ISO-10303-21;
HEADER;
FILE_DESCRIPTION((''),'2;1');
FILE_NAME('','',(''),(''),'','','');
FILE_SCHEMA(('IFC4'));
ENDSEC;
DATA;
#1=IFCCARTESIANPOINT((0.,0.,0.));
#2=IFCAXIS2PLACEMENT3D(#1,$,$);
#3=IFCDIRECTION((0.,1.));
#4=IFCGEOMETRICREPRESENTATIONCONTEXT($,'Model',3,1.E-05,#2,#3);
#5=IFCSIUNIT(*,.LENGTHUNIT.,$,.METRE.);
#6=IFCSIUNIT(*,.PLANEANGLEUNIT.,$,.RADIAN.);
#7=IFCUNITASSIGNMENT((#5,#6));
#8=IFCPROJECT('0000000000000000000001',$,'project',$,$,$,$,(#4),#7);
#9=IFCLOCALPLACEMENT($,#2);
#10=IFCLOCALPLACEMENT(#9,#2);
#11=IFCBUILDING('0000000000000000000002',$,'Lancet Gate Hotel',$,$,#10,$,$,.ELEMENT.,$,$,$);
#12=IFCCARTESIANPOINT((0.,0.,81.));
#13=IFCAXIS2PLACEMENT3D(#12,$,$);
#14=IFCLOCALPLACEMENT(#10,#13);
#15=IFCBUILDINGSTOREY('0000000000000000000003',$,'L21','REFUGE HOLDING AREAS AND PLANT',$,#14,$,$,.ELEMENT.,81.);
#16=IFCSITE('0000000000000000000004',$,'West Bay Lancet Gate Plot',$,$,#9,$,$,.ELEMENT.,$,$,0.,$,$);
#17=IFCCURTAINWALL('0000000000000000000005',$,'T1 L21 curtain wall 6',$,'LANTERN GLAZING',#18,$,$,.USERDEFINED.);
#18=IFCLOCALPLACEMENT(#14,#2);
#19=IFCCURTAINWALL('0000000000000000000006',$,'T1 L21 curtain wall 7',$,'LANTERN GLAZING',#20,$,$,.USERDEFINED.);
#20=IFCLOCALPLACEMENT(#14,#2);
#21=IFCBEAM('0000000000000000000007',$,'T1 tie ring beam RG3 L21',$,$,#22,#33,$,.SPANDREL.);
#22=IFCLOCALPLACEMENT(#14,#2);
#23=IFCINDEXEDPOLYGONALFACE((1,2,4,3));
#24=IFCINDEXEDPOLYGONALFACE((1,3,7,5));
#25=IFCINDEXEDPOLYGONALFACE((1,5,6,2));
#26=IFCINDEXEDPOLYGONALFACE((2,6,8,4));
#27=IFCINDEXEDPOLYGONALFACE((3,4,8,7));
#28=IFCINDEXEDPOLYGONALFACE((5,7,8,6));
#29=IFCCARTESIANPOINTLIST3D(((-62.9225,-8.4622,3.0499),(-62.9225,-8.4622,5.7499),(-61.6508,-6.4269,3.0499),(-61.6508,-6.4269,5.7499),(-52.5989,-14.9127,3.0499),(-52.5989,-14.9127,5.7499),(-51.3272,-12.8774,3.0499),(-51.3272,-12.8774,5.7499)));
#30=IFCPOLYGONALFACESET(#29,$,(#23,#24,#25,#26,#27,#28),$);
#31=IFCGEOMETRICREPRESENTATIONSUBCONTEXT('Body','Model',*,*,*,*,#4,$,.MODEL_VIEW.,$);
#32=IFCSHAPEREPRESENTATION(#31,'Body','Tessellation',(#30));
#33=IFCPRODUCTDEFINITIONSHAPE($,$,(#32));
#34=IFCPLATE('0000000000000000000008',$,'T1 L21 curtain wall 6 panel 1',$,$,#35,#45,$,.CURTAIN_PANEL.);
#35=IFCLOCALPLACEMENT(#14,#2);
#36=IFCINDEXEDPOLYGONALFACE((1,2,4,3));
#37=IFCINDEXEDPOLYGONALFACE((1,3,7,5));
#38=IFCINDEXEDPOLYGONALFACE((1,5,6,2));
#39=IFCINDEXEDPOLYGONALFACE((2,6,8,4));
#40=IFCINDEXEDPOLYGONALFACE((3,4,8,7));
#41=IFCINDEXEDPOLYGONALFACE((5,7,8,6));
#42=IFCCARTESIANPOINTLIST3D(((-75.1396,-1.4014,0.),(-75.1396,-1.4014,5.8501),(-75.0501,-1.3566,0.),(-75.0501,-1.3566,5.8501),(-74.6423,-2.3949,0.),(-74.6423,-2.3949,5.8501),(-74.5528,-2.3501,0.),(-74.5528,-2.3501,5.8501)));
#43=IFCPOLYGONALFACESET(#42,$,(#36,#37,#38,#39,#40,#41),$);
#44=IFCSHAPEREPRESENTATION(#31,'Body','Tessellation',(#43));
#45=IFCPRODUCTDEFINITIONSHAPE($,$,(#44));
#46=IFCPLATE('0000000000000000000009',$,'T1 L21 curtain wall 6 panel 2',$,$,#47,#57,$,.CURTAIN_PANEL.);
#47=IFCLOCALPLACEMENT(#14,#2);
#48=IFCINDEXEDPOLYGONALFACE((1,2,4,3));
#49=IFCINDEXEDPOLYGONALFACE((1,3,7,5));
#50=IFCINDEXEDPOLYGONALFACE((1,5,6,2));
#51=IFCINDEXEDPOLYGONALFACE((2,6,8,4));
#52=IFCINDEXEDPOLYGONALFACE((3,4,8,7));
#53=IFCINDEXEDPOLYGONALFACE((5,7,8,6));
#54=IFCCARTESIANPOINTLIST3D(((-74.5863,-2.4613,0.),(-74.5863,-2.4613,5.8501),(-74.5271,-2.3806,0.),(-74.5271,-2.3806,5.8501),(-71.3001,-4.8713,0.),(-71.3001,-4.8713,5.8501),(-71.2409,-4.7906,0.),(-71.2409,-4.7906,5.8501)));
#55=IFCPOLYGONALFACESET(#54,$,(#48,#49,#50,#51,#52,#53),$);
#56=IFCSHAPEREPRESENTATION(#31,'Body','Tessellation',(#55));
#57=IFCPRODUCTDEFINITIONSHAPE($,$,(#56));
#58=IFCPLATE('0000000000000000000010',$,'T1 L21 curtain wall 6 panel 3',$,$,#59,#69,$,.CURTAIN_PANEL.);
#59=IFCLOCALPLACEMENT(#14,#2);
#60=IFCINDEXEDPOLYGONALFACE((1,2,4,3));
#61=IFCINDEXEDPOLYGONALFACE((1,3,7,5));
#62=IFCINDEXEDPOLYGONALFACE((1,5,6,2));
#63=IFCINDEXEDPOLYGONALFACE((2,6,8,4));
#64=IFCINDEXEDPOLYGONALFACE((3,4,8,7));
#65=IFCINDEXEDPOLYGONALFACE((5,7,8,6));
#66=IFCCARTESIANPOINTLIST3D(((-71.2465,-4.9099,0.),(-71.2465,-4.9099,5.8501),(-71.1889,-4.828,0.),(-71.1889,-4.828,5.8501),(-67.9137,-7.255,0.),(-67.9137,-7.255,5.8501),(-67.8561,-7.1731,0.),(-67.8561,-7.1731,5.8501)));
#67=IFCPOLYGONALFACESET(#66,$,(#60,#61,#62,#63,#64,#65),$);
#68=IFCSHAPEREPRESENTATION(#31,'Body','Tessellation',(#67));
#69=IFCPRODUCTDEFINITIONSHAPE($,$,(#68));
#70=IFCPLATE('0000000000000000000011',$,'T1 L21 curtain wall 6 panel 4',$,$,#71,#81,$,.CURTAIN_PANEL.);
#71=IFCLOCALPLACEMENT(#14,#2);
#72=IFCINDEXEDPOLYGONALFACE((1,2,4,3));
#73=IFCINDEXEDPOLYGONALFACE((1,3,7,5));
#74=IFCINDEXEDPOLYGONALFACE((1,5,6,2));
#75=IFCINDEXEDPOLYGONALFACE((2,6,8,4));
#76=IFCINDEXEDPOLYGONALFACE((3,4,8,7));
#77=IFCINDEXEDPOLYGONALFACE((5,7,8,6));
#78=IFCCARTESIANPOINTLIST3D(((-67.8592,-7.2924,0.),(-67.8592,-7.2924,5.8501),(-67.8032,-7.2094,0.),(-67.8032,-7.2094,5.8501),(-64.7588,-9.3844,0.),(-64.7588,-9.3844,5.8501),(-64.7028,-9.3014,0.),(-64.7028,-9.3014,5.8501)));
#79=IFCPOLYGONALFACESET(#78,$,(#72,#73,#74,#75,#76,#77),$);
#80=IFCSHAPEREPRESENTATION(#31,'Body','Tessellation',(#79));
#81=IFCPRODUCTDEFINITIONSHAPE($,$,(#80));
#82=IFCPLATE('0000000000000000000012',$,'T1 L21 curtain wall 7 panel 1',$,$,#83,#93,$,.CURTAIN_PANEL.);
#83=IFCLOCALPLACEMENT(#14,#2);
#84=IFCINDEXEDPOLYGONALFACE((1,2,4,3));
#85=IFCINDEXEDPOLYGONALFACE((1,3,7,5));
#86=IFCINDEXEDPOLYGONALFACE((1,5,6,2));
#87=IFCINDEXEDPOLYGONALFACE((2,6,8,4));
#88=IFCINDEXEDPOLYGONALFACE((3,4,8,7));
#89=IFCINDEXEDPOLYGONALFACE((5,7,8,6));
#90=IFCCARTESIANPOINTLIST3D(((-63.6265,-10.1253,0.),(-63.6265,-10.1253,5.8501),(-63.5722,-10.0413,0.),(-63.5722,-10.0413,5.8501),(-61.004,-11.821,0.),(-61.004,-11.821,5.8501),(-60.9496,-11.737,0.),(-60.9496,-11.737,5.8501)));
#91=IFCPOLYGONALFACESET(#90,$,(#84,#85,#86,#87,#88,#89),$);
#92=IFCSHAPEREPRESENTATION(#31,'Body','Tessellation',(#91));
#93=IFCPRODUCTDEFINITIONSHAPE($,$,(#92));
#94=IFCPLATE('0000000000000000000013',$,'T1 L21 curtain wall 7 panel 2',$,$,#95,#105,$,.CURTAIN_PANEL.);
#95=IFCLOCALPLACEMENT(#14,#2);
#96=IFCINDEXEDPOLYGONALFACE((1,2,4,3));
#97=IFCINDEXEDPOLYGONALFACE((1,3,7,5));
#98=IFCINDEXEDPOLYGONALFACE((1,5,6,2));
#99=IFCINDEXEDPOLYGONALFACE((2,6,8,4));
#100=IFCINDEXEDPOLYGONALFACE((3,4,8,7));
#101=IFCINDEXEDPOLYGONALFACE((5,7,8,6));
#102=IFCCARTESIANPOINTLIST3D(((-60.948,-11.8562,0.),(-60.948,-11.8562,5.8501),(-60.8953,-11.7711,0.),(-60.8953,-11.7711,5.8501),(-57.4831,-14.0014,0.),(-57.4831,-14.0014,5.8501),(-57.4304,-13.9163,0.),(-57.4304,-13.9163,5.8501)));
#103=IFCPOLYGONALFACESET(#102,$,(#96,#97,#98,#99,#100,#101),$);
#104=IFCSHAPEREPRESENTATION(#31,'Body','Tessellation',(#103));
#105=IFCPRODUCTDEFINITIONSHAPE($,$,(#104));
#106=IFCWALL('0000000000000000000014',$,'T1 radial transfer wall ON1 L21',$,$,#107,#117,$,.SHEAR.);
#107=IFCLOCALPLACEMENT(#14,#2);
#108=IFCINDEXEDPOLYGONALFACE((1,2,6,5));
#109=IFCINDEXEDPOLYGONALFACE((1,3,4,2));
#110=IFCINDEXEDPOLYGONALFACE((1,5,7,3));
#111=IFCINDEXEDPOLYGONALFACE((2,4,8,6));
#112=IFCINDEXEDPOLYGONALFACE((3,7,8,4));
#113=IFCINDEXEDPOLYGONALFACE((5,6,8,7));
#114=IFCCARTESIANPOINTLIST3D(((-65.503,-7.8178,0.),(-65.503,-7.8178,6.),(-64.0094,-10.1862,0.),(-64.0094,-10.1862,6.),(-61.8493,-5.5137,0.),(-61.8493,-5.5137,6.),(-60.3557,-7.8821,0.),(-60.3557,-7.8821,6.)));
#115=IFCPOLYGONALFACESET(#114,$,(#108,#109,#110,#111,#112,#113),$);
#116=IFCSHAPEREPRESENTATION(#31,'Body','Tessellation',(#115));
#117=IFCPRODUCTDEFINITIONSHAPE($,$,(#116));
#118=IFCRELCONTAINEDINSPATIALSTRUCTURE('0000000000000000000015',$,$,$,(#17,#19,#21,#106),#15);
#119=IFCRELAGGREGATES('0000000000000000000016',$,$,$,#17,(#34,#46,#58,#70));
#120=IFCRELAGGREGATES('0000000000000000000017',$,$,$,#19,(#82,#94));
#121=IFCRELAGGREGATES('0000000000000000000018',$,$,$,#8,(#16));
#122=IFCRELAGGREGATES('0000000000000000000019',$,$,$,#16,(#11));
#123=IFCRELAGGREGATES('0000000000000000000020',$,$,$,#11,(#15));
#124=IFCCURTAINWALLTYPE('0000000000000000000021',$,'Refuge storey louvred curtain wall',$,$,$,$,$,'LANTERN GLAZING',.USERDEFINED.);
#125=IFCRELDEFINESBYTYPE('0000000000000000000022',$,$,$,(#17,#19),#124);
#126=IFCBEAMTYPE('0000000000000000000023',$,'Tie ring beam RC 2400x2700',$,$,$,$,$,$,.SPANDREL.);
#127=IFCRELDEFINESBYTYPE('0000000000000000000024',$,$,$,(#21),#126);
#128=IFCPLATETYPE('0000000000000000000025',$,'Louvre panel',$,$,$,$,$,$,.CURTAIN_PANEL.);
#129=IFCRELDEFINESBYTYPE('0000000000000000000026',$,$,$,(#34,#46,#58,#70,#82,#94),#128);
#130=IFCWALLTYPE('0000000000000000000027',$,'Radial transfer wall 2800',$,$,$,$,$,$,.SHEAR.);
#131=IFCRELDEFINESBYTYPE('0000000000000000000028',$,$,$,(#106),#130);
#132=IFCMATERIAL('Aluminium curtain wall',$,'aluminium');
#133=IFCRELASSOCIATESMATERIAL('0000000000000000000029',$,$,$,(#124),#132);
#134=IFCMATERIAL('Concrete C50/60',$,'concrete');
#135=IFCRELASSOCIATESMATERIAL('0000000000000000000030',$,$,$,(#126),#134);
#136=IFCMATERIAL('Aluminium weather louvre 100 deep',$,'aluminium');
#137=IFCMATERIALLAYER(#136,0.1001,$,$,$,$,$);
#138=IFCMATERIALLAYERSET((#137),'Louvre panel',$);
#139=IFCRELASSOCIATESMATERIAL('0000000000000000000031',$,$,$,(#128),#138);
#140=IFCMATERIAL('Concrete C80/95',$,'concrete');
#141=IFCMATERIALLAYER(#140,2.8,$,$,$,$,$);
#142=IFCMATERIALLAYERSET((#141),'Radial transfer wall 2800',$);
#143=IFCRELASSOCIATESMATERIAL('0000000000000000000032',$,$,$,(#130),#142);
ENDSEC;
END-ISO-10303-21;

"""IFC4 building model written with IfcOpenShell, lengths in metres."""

from ifc_helpers import new_model, si_unit, direction, frame, frame_2d, origin, origin_2d, place, context, subcontext, project, spatial, rectangle, extrude, material, layer, layer_set, material_profile, profile_set, type_object, element, aggregate, save


model = new_model("IFC4")

# Units and contexts
model_context = context("Model", 3, precision=1e-05, world=origin(), true_north=direction((0.0, 1.0)))
body_context = subcontext(model_context, "Body", "Model", "MODEL_VIEW")
ifc_project = project(units=[si_unit("LENGTHUNIT", "METRE"), si_unit("PLANEANGLEUNIT", "RADIAN")], contexts=[model_context])

# Site, building, storey
site_placement = place(None, origin())
site = spatial("IfcSite", under=ifc_project, at=site_placement, Name="West Bay Lancet Gate Plot", CompositionType="ELEMENT", RefElevation=0.0)
building_placement = place(site_placement, origin())
building = spatial("IfcBuilding", under=site, at=building_placement, Name="Lancet Gate Hotel", CompositionType="ELEMENT")
storey_placement = place(building_placement, frame((0.0, 0.0, 81.0)))
storey = spatial("IfcBuildingStorey", under=building, at=storey_placement, Name="L21", Description="REFUGE HOLDING AREAS AND PLANT", CompositionType="ELEMENT", Elevation=81.0)

# Curtain walls
ifc_material_1 = material(Name="Aluminium curtain wall", Category="aluminium")
curtain_wall_type = type_object("IfcCurtainWallType", Name="Refuge storey louvred curtain wall", ElementType="LANTERN GLAZING", PredefinedType="USERDEFINED", material=ifc_material_1)
curtain_wall_1_placement = place(storey_placement, origin())
curtain_wall_1 = element("IfcCurtainWall", 1, at=curtain_wall_1_placement, inside=storey, type_object=curtain_wall_type, Name="T1 L21 curtain wall 6", ObjectType="LANTERN GLAZING", PredefinedType="USERDEFINED")
curtain_wall_2_placement = place(storey_placement, origin())
curtain_wall_2 = element("IfcCurtainWall", 2, at=curtain_wall_2_placement, inside=storey, type_object=curtain_wall_type, Name="T1 L21 curtain wall 7", ObjectType="LANTERN GLAZING", PredefinedType="USERDEFINED")

# Beam
ifc_material_2 = material(Name="Concrete C50/60", Category="concrete")
ifc_material_profile_1 = material_profile(ifc_material_2, rectangle(XDim=2.3999, YDim=2.7, at=origin_2d()), Name="RC 2400x2700")
ifc_profile_set_1 = profile_set([ifc_material_profile_1], Name="Concrete C50/60")
beam_type_1 = type_object("IfcBeamType", Name="Tie ring beam RC 2400x2700", PredefinedType="SPANDREL", material=ifc_profile_set_1)
beam_1_placement = place(storey_placement, frame((-62.2866, -7.4446, 4.3999), z_axis=(0.848063, -0.529896, 0.0), x_axis=(0.529896, 0.848063, 0.0)))
element("IfcBeam", 3, at=beam_1_placement, inside=storey, type_object=beam_type_1, Name="T1 tie ring beam RG3 L21", PredefinedType="SPANDREL", context=body_context, shape_type="SweptSolid", body=[
    extrude(rectangle(XDim=2.3999, YDim=2.7, at=origin_2d()), origin(), (0.0, 0.0, 1.0), 12.1731),
])

# Plates
ifc_material_3 = material(Name="Aluminium weather louvre 100 deep", Category="aluminium")
ifc_layer_1 = layer(ifc_material_3, 0.1001)
ifc_layer_set_1 = layer_set([ifc_layer_1], Name="Louvre panel")
plate_type = type_object("IfcPlateType", Name="Louvre panel", PredefinedType="CURTAIN_PANEL", material=ifc_layer_set_1)
plate_1_placement = place(storey_placement, frame((-74.8462, -1.8757, 0.0), z_axis=(0.0, 0.0, 1.0), x_axis=(0.447628, -0.89422, 0.0)))
plate_1 = element("IfcPlate", 4, at=plate_1_placement, type_object=plate_type, Name="T1 L21 curtain wall 6 panel 1", PredefinedType="CURTAIN_PANEL", context=body_context, shape_type="SweptSolid", body=[
    extrude(rectangle(XDim=1.1111, YDim=0.1001, at=origin_2d()), origin(), (0.0, 0.0, 1.0), 5.8501),
])
plate_2_placement = place(storey_placement, frame((-72.9136, -3.626, 0.0), z_axis=(0.0, 0.0, 1.0), x_axis=(0.80639, -0.591384, 0.0)))
plate_2 = element("IfcPlate", 5, at=plate_2_placement, type_object=plate_type, Name="T1 L21 curtain wall 6 panel 2", PredefinedType="CURTAIN_PANEL", context=body_context, shape_type="SweptSolid", body=[
    extrude(rectangle(XDim=4.0752, YDim=0.1001, at=origin_2d()), origin(), (0.0, 0.0, 1.0), 5.8501),
])
plate_3_placement = place(storey_placement, frame((-69.5513, -6.0415, 0.0), z_axis=(0.0, 0.0, 1.0), x_axis=(0.817825, -0.575467, 0.0)))
plate_3 = element("IfcPlate", 6, at=plate_3_placement, type_object=plate_type, Name="T1 L21 curtain wall 6 panel 3", PredefinedType="CURTAIN_PANEL", context=body_context, shape_type="SweptSolid", body=[
    extrude(rectangle(XDim=4.0752, YDim=0.1001, at=origin_2d()), origin(), (0.0, 0.0, 1.0), 5.8501),
])
plate_4_placement = place(storey_placement, frame((-66.281, -8.2969, 0.0), z_axis=(0.0, 0.0, 1.0), x_axis=(0.828946, -0.559329, 0.0)))
plate_4 = element("IfcPlate", 7, at=plate_4_placement, type_object=plate_type, Name="T1 L21 curtain wall 6 panel 4", PredefinedType="CURTAIN_PANEL", context=body_context, shape_type="SweptSolid", body=[
    extrude(rectangle(XDim=3.7402, YDim=0.1001, at=origin_2d()), origin(), (0.0, 0.0, 1.0), 5.8501),
])
aggregate(curtain_wall_1, [plate_1, plate_2, plate_3, plate_4])
plate_5_placement = place(storey_placement, frame((-62.2881, -10.9312, 0.0), z_axis=(0.0, 0.0, 1.0), x_axis=(0.839749, -0.542975, 0.0)))
plate_5 = element("IfcPlate", 8, at=plate_5_placement, type_object=plate_type, Name="T1 L21 curtain wall 7 panel 1", PredefinedType="CURTAIN_PANEL", context=body_context, shape_type="SweptSolid", body=[
    extrude(rectangle(XDim=3.123, YDim=0.1001, at=origin_2d()), origin(), (0.0, 0.0, 1.0), 5.8501),
])
plate_6_placement = place(storey_placement, frame((-59.1892, -12.8862, 0.0), z_axis=(0.0, 0.0, 1.0), x_axis=(0.850229, -0.526414, 0.0)))
plate_6 = element("IfcPlate", 9, at=plate_6_placement, type_object=plate_type, Name="T1 L21 curtain wall 7 panel 2", PredefinedType="CURTAIN_PANEL", context=body_context, shape_type="SweptSolid", body=[
    extrude(rectangle(XDim=4.0752, YDim=0.1001, at=origin_2d()), origin(), (0.0, 0.0, 1.0), 5.8501),
])
aggregate(curtain_wall_2, [plate_5, plate_6])

# Wall
ifc_material_4 = material(Name="Concrete C80/95", Category="concrete")
ifc_layer_2 = layer(ifc_material_4, 2.8)
ifc_layer_set_2 = layer_set([ifc_layer_2], Name="Radial transfer wall 2800")
wall_type = type_object("IfcWallType", Name="Radial transfer wall 2800", PredefinedType="SHEAR", material=ifc_layer_set_2)
wall_placement = place(storey_placement, frame((-64.7561, -9.002, 0.0), z_axis=(0.0, 0.0, 1.0), x_axis=(0.845851, 0.533419, 0.0)))
element("IfcWall", 10, at=wall_placement, inside=storey, type_object=wall_type, Name="T1 radial transfer wall ON1 L21", PredefinedType="SHEAR", context=body_context, shape_type="SweptSolid", body=[
    extrude(rectangle(XDim=4.3196, YDim=2.8, at=frame_2d((2.1597, 0.0))), origin(), (0.0, 0.0, 1.0), 6.0),
])

save(model, "model.ifc")
